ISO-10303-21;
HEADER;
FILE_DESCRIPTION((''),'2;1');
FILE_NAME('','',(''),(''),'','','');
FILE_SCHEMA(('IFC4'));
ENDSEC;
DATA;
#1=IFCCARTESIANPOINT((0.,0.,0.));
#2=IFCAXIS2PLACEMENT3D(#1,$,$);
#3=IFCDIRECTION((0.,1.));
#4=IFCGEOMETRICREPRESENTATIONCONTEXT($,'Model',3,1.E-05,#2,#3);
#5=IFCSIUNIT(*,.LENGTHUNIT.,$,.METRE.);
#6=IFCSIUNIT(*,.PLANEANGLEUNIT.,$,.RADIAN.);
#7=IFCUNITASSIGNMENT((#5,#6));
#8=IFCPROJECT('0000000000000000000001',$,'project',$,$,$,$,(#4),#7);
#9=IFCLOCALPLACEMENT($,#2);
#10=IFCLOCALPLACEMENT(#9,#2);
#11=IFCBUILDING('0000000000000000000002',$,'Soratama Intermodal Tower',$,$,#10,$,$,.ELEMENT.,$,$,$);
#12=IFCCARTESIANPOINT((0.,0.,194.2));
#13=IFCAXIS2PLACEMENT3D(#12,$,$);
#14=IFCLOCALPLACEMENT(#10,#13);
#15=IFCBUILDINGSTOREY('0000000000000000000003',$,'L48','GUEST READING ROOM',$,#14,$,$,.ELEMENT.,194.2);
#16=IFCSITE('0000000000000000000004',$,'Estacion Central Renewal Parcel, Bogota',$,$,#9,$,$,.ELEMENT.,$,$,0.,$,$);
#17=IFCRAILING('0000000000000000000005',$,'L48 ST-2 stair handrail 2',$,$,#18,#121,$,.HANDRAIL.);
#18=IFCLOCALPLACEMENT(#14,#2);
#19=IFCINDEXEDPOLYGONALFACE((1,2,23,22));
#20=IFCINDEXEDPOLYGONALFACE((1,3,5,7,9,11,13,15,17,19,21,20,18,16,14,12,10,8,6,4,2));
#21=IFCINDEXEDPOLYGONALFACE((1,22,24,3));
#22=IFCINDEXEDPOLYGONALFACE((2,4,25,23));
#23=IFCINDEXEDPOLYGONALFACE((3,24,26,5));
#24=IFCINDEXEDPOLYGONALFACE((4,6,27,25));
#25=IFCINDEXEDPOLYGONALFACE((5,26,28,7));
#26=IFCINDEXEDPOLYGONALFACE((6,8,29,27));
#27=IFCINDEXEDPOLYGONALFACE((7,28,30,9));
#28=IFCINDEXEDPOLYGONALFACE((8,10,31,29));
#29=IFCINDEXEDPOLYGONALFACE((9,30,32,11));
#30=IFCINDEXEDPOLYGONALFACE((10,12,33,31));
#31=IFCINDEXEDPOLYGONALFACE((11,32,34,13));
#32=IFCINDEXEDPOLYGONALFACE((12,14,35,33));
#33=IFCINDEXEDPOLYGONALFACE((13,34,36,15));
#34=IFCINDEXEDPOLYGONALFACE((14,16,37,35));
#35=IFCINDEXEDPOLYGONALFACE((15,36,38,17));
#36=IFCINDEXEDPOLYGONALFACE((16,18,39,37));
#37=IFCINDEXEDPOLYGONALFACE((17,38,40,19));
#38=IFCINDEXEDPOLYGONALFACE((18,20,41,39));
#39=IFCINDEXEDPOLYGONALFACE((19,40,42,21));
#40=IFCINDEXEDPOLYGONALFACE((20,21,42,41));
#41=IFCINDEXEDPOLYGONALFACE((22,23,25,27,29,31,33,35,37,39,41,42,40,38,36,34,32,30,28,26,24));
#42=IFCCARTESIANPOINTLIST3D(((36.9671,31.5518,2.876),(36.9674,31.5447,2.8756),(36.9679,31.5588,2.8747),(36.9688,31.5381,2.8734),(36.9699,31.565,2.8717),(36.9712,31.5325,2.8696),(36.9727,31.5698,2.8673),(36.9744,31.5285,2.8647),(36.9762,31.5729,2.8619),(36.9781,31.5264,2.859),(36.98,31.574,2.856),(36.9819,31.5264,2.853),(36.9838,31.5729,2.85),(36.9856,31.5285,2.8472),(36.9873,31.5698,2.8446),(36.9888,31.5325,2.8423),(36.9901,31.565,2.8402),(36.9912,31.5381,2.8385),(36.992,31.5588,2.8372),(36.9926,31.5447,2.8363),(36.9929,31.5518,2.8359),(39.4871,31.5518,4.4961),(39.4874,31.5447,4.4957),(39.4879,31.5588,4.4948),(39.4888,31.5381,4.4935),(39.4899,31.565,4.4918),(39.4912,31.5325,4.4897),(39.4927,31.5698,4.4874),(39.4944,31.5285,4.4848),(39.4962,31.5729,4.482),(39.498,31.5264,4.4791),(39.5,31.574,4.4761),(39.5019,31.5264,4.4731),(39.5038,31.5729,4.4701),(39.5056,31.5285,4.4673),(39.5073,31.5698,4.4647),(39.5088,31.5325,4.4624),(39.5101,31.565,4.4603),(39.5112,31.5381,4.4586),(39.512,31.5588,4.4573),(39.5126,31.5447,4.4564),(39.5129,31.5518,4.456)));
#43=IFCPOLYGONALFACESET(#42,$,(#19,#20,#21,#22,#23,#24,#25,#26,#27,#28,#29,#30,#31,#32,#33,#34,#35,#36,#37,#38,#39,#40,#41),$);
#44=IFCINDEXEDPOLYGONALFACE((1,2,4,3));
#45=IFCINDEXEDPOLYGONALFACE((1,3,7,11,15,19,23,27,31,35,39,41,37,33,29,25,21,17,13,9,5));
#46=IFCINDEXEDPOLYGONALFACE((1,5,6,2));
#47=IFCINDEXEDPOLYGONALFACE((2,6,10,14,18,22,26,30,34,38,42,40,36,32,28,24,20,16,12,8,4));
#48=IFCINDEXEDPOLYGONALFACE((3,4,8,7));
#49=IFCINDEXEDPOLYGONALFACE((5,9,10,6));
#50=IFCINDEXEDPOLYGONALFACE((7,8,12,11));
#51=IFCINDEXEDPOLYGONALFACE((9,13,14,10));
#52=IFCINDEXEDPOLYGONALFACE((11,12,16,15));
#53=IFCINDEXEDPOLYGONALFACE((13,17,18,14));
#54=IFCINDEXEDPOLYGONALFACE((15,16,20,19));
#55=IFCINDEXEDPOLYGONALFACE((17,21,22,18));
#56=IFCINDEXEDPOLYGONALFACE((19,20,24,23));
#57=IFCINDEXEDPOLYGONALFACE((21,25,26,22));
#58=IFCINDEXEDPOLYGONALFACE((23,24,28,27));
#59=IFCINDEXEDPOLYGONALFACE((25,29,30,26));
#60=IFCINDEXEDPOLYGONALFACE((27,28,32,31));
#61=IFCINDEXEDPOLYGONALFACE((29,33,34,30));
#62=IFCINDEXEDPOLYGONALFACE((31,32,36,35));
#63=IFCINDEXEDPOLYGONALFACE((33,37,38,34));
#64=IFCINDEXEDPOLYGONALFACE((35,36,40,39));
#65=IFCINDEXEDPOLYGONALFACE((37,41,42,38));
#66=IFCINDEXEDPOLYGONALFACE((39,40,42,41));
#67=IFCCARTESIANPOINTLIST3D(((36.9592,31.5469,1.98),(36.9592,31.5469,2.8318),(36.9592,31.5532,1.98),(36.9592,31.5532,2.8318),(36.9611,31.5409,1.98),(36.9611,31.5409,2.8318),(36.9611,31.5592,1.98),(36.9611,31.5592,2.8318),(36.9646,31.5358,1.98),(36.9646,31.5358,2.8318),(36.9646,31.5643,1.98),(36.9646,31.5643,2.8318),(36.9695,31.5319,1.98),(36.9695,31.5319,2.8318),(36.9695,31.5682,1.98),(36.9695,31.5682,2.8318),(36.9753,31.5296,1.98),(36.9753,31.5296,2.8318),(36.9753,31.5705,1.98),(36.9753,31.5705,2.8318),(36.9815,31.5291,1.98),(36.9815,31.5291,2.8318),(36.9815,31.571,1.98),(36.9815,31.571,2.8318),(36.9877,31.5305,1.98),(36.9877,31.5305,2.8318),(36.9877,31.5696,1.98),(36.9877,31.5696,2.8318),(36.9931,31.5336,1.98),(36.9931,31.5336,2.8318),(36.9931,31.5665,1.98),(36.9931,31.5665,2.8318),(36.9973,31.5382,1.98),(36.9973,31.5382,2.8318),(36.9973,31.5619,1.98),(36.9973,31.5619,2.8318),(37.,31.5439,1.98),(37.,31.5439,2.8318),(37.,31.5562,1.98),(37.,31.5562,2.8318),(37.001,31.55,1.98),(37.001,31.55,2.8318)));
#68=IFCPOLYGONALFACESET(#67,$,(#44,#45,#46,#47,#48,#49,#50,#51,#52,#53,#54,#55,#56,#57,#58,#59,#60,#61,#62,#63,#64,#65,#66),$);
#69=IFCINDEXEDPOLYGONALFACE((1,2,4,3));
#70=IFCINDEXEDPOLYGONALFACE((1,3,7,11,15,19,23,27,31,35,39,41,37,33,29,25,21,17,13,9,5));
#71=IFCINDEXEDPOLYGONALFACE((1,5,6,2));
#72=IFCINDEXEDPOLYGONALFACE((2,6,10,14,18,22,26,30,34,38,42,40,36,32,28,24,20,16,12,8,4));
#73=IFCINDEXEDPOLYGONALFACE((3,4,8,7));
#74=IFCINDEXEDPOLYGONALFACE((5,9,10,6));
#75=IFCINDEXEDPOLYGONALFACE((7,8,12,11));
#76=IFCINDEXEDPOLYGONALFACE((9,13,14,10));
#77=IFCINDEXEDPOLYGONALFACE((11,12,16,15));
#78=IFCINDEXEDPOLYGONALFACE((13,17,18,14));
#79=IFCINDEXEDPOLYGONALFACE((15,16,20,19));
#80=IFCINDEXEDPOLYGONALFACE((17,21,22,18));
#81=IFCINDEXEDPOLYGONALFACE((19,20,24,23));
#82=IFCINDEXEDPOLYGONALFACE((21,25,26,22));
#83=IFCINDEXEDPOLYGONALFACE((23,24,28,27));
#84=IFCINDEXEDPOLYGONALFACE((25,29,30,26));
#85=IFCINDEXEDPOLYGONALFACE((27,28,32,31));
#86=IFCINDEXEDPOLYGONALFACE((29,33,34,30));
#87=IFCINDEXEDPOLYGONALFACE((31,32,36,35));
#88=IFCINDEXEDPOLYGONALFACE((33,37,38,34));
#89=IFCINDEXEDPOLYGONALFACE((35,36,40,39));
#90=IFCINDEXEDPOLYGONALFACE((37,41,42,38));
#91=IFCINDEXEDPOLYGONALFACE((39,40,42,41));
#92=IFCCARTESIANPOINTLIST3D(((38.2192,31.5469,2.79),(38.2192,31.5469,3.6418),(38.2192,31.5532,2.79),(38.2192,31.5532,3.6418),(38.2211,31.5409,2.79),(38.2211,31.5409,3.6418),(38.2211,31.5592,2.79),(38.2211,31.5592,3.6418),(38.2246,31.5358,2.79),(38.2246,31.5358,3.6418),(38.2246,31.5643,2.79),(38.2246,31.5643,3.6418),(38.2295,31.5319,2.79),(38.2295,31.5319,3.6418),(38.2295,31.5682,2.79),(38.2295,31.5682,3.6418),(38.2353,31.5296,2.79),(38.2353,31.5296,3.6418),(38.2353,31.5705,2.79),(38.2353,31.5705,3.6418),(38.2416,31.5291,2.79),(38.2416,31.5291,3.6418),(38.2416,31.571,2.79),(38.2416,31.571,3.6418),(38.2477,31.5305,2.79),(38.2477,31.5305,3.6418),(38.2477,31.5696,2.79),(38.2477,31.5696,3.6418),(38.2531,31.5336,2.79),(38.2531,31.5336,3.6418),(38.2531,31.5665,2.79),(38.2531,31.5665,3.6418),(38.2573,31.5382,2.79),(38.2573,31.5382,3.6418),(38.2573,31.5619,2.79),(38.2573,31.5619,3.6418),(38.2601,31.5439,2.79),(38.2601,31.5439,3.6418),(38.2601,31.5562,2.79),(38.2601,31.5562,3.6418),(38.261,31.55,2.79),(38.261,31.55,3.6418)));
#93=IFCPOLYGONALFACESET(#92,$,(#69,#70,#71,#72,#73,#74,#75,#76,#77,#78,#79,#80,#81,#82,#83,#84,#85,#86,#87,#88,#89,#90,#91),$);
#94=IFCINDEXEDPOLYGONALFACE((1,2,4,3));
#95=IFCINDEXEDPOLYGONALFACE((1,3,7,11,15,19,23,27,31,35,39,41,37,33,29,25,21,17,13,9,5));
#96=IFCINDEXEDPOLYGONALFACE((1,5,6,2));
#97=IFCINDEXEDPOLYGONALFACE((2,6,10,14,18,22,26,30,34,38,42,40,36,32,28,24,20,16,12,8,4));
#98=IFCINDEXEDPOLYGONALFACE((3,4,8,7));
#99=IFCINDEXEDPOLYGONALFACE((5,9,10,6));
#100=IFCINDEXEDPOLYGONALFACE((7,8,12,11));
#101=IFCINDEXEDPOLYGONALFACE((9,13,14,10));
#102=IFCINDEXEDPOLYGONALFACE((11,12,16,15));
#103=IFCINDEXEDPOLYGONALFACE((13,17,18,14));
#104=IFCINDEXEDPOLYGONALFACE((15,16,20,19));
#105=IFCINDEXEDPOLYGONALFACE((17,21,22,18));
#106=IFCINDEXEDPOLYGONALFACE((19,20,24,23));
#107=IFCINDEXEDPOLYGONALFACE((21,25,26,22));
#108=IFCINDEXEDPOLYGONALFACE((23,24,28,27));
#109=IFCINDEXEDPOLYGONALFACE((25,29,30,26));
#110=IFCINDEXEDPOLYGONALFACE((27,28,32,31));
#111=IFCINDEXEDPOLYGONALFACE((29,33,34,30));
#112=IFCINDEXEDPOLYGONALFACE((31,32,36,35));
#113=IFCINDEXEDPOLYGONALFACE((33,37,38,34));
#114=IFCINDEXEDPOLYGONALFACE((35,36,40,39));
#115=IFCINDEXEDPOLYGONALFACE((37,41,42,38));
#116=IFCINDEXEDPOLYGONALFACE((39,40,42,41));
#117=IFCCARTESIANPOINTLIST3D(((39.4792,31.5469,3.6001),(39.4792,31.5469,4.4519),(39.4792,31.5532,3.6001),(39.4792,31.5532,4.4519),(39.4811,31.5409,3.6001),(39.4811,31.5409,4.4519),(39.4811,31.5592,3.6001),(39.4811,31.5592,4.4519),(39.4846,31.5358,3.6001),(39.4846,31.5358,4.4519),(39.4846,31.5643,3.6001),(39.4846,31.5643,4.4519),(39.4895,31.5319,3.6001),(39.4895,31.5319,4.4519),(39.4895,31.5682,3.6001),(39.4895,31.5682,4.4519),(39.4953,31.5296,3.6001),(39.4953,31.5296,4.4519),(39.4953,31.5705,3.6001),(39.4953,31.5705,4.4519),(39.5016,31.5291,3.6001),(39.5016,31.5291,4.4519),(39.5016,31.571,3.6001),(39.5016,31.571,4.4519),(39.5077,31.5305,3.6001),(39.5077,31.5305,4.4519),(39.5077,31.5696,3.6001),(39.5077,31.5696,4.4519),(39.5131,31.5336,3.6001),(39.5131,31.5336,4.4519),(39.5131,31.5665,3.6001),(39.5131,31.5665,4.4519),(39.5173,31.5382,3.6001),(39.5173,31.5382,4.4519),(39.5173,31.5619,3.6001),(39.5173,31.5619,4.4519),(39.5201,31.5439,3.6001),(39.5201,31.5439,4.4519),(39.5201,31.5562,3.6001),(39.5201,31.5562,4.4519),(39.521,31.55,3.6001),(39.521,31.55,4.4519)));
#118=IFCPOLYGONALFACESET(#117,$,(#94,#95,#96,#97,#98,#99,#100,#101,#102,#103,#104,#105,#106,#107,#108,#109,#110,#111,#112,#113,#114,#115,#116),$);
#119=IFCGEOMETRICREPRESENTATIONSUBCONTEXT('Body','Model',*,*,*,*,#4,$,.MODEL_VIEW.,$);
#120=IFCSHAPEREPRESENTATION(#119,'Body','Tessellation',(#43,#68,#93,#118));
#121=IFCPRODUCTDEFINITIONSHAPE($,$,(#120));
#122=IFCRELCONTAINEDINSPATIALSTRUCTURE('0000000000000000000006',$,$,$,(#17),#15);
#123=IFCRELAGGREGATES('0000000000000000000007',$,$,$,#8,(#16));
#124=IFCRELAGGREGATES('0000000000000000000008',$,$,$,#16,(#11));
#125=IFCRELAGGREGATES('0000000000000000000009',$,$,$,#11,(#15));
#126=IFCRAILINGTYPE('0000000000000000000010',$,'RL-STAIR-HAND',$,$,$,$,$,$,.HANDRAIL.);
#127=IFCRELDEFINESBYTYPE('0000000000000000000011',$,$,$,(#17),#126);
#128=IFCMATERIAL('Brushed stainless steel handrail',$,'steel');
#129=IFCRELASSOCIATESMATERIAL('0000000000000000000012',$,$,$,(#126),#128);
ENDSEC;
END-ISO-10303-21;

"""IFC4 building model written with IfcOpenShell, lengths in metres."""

from ifc_helpers import new_model, si_unit, direction, frame, origin, origin_2d, place, context, subcontext, project, spatial, circle, extrude, material, type_object, element, save


model = new_model("IFC4")

# Units and contexts
model_context = context("Model", 3, precision=1e-05, world=origin(), true_north=direction((0.0, 1.0)))
body_context = subcontext(model_context, "Body", "Model", "MODEL_VIEW")
ifc_project = project(units=[si_unit("LENGTHUNIT", "METRE"), si_unit("PLANEANGLEUNIT", "RADIAN")], contexts=[model_context])

# Site, building, storey
site_placement = place(None, origin())
site = spatial("IfcSite", under=ifc_project, at=site_placement, Name="Estacion Central Renewal Parcel, Bogota", CompositionType="ELEMENT", RefElevation=0.0)
building_placement = place(site_placement, origin())
building = spatial("IfcBuilding", under=site, at=building_placement, Name="Soratama Intermodal Tower", CompositionType="ELEMENT")
storey_placement = place(building_placement, frame((0.0, 0.0, 194.2)))
storey = spatial("IfcBuildingStorey", under=building, at=storey_placement, Name="L48", Description="GUEST READING ROOM", CompositionType="ELEMENT", Elevation=194.2)

# Railing
ifc_material_1 = material(Name="Brushed stainless steel handrail", Category="steel")
railing_type_1 = type_object("IfcRailingType", Name="RL-STAIR-HAND", PredefinedType="HANDRAIL", material=ifc_material_1)
railing_1_placement = place(storey_placement, frame((36.98, 31.55, 1.98)))
element("IfcRailing", 1, at=railing_1_placement, inside=storey, type_object=railing_type_1, Name="L48 ST-2 stair handrail 2", PredefinedType="HANDRAIL", context=body_context, shape_type="SweptSolid", body=[
    extrude(circle(Radius=0.0239, at=origin_2d()), frame((0.0, 0.0, 0.876), z_axis=(0.841163, 0.0, 0.540782), x_axis=(0.0, 1.0, 0.0)), (0.0, 0.0, 1.0), 2.9958),
    extrude(circle(Radius=0.021, at=origin_2d()), origin(), (0.0, 0.0, 1.0), 0.8518),
    extrude(circle(Radius=0.021, at=origin_2d()), frame((1.26, 0.0, 0.8101)), (0.0, 0.0, 1.0), 0.8518),
    extrude(circle(Radius=0.021, at=origin_2d()), frame((2.52, 0.0, 1.6201)), (0.0, 0.0, 1.0), 0.8518),
])

save(model, "model.ifc")
